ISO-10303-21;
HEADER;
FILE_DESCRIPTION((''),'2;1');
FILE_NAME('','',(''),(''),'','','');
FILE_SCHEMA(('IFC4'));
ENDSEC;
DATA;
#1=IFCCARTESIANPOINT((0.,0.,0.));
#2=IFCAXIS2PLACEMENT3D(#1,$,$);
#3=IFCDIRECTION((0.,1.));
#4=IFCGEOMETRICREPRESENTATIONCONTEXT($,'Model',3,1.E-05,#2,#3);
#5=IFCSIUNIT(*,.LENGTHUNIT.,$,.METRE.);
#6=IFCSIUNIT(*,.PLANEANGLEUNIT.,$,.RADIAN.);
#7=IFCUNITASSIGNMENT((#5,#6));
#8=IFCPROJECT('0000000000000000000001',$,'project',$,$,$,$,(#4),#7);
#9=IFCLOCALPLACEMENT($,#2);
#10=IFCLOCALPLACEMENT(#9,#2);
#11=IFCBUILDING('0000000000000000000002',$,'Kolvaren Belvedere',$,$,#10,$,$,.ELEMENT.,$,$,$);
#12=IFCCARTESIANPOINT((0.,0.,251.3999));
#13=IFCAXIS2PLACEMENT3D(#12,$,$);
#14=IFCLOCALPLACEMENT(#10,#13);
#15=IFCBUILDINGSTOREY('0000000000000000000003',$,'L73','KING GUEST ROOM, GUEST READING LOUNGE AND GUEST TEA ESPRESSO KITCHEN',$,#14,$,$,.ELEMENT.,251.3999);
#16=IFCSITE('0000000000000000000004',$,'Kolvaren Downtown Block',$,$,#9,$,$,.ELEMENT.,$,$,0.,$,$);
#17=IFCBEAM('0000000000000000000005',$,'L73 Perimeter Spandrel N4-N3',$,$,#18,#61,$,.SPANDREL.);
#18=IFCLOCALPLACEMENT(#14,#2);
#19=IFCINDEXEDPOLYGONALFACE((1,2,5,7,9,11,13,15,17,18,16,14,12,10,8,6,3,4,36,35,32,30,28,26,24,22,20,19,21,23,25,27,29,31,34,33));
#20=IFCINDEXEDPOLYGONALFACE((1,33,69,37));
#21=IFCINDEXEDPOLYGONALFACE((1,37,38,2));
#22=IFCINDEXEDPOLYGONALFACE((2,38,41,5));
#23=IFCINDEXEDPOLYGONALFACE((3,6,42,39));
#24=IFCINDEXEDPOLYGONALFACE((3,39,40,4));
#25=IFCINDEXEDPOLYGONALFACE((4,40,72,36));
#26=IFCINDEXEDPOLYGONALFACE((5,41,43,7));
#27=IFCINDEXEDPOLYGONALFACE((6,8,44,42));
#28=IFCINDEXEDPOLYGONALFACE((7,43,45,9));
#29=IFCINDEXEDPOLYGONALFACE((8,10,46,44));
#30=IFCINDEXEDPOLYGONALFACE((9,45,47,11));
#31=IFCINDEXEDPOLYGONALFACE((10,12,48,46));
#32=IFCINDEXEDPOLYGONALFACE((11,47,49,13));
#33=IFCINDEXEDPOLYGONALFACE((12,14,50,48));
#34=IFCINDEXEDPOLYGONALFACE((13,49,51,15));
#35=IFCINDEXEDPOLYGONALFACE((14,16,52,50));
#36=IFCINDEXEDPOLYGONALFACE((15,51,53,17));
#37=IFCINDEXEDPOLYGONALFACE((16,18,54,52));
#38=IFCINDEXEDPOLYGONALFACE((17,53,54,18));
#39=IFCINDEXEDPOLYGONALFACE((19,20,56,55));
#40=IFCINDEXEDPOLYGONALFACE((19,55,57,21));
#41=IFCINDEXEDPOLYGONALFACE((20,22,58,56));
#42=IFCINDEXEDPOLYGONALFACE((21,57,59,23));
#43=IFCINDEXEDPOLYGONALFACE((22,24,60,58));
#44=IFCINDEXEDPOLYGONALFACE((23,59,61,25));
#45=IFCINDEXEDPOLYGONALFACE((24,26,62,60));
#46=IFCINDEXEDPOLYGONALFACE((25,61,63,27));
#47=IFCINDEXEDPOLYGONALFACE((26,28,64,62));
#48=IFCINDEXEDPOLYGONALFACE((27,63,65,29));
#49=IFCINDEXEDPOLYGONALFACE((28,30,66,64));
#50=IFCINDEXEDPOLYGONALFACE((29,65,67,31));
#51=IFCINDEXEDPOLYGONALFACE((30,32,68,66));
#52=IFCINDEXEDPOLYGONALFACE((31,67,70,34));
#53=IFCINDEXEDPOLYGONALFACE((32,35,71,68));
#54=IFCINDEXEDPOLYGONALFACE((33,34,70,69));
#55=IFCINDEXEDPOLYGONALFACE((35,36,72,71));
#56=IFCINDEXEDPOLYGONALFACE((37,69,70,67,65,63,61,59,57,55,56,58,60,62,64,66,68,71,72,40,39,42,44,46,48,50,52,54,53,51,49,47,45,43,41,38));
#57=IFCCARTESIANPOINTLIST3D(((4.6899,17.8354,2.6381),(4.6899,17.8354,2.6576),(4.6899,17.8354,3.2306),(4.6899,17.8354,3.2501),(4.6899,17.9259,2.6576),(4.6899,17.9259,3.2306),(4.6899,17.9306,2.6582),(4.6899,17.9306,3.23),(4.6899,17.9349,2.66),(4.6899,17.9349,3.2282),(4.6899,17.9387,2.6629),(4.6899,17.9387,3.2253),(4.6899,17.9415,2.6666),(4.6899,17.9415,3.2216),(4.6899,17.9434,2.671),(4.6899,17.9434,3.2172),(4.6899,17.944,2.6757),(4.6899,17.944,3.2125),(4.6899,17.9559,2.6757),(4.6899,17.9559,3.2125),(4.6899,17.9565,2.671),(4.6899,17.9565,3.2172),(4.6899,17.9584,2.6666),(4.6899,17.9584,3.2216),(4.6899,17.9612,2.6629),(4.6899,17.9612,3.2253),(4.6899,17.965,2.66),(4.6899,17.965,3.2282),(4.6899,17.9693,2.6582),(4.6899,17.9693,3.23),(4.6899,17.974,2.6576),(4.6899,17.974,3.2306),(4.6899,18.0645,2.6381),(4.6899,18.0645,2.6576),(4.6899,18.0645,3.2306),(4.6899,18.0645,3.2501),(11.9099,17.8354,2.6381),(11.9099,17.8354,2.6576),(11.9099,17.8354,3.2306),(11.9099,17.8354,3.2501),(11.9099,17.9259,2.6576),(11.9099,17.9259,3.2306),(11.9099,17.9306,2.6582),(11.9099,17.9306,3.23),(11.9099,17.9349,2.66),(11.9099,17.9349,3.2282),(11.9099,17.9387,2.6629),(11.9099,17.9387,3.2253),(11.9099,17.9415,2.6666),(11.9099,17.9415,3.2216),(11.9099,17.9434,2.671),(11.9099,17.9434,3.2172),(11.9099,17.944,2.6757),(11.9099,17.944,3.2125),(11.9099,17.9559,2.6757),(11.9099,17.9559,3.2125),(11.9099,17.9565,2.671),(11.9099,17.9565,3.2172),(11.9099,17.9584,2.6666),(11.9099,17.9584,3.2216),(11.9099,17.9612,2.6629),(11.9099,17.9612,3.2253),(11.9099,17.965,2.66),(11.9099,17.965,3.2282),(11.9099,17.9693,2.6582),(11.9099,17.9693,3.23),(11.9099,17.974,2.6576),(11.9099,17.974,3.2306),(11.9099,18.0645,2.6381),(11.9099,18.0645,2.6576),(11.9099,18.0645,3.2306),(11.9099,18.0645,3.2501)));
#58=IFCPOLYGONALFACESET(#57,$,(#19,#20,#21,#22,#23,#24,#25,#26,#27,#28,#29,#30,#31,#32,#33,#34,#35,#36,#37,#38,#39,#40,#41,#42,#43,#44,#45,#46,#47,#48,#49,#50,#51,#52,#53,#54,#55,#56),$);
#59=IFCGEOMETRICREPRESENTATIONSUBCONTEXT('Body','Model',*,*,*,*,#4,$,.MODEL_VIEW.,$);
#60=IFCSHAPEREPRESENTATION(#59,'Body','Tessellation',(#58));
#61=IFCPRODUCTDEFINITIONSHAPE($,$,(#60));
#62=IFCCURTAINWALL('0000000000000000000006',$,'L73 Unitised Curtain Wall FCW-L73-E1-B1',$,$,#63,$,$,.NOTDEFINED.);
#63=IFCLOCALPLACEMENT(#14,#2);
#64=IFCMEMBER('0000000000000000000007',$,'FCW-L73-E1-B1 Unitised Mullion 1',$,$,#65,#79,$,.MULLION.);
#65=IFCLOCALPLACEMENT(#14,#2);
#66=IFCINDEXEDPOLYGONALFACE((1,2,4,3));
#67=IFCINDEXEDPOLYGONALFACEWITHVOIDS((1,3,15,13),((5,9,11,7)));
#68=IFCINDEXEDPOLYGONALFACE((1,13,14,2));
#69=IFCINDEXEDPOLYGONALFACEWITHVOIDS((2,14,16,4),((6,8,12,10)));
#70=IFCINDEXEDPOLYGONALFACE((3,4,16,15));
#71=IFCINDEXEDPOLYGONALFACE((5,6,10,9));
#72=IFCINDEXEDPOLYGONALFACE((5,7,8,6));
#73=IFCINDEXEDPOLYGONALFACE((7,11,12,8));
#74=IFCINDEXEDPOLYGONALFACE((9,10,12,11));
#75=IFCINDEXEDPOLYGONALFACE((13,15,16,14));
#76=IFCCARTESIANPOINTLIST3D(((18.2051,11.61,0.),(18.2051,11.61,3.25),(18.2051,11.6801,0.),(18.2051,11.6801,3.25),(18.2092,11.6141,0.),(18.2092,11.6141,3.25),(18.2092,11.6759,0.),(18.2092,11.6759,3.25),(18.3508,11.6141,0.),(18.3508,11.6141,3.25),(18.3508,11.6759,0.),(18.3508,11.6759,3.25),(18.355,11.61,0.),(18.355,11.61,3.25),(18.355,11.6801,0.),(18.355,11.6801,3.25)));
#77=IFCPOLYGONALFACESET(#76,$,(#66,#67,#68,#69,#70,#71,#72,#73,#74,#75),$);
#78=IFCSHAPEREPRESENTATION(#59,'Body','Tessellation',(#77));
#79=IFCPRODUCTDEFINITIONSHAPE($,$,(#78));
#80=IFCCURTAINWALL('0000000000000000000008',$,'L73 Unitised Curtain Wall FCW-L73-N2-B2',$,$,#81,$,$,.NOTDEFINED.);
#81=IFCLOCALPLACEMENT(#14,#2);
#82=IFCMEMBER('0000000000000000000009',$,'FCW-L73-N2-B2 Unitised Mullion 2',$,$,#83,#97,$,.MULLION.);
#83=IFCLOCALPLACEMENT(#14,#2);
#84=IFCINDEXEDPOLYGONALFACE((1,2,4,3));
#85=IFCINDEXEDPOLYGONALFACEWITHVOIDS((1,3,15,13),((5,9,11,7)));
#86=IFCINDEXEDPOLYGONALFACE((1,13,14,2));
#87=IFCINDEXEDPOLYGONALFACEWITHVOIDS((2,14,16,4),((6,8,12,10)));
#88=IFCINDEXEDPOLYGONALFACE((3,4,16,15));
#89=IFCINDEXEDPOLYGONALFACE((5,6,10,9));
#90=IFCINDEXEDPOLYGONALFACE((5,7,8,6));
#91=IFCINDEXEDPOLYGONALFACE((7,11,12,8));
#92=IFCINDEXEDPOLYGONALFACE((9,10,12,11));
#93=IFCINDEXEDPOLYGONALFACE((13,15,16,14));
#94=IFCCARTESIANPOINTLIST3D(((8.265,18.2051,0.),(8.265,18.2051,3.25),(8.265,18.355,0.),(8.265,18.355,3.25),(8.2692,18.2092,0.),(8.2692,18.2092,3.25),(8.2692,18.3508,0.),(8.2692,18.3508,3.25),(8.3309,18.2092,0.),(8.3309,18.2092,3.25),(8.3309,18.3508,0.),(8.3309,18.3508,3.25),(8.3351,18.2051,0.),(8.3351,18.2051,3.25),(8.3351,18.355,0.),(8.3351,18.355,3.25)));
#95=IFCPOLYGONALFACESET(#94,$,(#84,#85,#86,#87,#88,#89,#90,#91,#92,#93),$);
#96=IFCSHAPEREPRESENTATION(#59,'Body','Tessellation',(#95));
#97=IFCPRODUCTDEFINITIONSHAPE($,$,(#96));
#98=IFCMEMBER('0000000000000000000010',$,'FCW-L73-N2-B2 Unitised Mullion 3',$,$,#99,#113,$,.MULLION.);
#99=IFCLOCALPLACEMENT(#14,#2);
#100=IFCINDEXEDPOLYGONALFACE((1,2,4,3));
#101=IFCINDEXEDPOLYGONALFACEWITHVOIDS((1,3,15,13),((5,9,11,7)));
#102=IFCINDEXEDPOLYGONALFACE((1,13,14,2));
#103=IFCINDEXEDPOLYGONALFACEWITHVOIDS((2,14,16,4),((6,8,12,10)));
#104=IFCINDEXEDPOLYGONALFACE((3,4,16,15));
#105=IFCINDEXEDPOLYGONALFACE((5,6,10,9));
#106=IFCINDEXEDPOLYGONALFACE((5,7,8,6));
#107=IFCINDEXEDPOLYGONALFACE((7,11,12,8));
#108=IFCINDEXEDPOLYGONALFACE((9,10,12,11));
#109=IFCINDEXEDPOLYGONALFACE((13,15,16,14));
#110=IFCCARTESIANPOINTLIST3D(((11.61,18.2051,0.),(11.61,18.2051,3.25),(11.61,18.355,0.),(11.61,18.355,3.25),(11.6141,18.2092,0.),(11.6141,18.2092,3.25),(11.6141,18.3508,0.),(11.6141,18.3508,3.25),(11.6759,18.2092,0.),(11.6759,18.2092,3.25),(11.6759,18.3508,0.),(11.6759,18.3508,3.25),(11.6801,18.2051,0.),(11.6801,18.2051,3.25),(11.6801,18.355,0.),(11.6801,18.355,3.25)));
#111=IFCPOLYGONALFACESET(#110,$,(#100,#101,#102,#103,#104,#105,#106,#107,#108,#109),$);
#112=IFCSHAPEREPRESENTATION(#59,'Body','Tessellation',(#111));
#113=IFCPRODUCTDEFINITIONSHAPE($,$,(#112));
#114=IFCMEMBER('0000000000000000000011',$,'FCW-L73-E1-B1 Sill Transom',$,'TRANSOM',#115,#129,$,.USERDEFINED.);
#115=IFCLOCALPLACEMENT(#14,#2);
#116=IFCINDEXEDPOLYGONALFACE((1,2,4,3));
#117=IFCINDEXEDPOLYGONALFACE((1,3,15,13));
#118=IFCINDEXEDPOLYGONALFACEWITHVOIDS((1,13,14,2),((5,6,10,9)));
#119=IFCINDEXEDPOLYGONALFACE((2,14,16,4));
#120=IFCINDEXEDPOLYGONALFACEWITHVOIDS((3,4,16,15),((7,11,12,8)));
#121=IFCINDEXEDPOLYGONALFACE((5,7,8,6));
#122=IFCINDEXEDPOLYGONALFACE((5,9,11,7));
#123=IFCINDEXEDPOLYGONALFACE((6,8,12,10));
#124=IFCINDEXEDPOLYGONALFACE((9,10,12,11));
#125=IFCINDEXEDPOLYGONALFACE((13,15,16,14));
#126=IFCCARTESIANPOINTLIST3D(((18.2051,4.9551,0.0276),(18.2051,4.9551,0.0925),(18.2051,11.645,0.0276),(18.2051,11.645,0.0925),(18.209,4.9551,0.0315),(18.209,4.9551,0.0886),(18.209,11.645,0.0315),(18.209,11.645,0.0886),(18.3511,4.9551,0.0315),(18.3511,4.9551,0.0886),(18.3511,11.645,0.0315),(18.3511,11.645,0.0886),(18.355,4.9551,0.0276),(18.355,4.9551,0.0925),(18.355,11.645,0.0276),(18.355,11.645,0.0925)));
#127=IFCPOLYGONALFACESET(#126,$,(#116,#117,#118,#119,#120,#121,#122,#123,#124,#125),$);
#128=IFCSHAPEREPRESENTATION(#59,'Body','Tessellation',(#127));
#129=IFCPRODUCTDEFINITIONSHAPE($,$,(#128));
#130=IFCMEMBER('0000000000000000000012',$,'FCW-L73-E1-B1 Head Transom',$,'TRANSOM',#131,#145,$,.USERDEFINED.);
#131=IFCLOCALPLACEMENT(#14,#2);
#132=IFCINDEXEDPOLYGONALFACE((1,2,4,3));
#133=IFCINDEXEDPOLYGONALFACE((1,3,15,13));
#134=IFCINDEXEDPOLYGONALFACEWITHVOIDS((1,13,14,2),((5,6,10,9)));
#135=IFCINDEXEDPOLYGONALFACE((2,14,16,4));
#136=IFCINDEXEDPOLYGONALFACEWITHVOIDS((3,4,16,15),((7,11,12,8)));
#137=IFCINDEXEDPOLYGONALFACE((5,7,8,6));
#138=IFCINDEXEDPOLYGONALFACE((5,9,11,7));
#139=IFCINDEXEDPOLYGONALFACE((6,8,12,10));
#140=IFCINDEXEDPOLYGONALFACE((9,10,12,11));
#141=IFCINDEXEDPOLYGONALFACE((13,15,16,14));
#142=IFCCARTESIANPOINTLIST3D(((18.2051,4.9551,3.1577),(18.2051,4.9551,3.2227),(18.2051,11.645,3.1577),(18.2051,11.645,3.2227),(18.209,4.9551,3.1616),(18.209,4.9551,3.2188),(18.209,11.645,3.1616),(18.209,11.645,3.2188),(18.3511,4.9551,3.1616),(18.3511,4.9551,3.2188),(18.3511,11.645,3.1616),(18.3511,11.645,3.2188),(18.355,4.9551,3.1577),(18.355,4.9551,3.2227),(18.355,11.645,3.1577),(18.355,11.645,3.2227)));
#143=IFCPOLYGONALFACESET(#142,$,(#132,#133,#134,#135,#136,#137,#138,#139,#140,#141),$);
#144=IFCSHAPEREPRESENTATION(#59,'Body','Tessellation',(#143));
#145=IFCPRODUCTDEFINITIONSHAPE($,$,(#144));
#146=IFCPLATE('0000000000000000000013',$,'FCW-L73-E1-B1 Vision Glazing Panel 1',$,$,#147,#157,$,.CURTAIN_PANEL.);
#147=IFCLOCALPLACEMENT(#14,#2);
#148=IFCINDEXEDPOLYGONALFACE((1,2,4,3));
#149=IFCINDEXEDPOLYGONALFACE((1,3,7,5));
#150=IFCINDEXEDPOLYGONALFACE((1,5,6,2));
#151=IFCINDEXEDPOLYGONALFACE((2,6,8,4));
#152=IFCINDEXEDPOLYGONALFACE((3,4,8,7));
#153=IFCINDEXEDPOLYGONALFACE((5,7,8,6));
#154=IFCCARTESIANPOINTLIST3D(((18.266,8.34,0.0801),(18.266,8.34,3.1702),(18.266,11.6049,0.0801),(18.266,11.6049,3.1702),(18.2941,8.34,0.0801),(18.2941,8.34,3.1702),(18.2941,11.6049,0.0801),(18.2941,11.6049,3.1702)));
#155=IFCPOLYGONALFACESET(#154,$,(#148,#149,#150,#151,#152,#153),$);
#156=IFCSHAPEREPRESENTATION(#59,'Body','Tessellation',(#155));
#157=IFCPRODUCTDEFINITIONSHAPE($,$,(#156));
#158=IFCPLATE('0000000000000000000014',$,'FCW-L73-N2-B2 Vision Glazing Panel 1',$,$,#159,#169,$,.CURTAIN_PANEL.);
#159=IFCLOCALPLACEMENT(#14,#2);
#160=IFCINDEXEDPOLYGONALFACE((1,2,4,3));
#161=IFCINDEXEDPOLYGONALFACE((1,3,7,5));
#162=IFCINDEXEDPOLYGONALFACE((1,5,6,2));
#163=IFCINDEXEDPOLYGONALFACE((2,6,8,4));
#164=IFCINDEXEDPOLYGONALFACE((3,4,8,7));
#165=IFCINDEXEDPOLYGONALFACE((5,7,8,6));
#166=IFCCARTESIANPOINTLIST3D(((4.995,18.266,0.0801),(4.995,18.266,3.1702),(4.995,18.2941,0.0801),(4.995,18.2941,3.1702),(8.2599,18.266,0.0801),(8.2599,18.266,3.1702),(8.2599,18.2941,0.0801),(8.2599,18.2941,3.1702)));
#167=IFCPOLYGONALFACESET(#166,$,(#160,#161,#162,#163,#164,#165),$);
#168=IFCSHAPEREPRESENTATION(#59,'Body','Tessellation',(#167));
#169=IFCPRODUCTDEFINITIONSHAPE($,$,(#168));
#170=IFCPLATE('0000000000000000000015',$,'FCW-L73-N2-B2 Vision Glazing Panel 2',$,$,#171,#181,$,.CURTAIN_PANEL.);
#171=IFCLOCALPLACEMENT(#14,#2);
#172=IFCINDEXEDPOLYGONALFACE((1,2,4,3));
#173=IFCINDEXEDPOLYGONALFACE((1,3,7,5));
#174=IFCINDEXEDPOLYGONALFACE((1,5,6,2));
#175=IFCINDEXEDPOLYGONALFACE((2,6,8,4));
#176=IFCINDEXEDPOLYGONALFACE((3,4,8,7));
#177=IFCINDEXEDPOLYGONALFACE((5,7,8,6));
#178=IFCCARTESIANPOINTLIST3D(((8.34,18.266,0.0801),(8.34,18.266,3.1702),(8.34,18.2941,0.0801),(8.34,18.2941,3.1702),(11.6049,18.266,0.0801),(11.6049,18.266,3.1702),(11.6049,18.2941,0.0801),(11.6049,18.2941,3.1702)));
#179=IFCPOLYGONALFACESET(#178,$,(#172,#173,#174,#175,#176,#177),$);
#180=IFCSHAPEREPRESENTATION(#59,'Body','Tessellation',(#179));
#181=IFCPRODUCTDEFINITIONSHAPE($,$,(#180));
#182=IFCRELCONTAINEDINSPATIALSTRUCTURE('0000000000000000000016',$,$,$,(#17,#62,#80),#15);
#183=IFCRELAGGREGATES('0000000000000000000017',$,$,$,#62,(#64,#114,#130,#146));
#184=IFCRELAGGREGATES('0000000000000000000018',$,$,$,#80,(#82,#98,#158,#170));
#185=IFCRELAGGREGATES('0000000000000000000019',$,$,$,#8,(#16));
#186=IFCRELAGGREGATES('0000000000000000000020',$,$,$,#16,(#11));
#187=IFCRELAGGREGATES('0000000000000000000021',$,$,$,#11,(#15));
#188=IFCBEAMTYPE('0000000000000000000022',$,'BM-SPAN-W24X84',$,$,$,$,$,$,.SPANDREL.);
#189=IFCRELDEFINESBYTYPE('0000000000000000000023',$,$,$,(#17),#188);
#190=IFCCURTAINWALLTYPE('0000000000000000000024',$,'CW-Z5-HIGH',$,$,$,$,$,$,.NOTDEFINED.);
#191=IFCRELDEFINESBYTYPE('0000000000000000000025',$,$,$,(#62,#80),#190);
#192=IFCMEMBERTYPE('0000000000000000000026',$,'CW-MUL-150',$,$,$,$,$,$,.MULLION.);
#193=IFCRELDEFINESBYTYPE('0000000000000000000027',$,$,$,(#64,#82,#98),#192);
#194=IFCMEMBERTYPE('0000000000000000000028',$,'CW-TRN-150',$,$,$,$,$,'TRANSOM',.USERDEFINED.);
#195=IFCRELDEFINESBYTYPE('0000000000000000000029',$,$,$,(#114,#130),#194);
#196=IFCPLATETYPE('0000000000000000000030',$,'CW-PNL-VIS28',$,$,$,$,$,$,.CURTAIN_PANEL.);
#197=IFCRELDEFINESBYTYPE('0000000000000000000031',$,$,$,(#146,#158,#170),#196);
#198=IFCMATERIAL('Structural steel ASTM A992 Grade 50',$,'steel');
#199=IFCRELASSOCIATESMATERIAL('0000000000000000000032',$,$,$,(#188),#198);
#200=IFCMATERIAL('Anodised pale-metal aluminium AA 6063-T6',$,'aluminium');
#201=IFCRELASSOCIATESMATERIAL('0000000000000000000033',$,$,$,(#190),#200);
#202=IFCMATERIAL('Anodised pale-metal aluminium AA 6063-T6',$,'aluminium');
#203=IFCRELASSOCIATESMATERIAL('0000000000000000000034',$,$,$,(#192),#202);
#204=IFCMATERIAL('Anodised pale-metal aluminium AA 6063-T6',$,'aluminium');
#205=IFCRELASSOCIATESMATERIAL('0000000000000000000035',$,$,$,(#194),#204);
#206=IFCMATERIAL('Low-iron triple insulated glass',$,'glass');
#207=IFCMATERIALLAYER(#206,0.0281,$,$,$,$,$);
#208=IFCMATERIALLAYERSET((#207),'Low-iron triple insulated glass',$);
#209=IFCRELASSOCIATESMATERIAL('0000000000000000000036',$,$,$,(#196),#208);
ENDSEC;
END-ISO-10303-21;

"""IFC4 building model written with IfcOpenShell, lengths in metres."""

from ifc_helpers import new_model, si_unit, direction, frame, origin, origin_2d, place, context, subcontext, project, spatial, rectangle, hollow_rectangle, i_section, extrude, material, layer, layer_set, material_profile, profile_set, type_object, element, aggregate, save


model = new_model("IFC4")

# Units and contexts
model_context = context("Model", 3, precision=1e-05, world=origin(), true_north=direction((0.0, 1.0)))
body_context = subcontext(model_context, "Body", "Model", "MODEL_VIEW")
ifc_project = project(units=[si_unit("LENGTHUNIT", "METRE"), si_unit("PLANEANGLEUNIT", "RADIAN")], contexts=[model_context])

# Site, building, storey
site_placement = place(None, origin())
site = spatial("IfcSite", under=ifc_project, at=site_placement, Name="Kolvaren Downtown Block", CompositionType="ELEMENT", RefElevation=0.0)
building_placement = place(site_placement, origin())
building = spatial("IfcBuilding", under=site, at=building_placement, Name="Kolvaren Belvedere", CompositionType="ELEMENT")
storey_placement = place(building_placement, frame((0.0, 0.0, 251.3999)))
storey = spatial("IfcBuildingStorey", under=building, at=storey_placement, Name="L73", Description="KING GUEST ROOM, GUEST READING LOUNGE AND GUEST TEA ESPRESSO KITCHEN", CompositionType="ELEMENT", Elevation=251.3999)

# Beam
ifc_material_1 = material(Name="Structural steel ASTM A992 Grade 50", Category="steel")
ifc_material_profile_1 = material_profile(ifc_material_1, i_section(OverallWidth=0.229, OverallDepth=0.6121, WebThickness=0.012, FlangeThickness=0.0195, FilletRadius=0.0181, at=origin_2d()), Name="W24X84")
ifc_profile_set_1 = profile_set([ifc_material_profile_1], Name="Structural steel ASTM A992 Grade 50")
beam_type_1 = type_object("IfcBeamType", Name="BM-SPAN-W24X84", PredefinedType="SPANDREL", material=ifc_profile_set_1)
beam_1_placement = place(storey_placement, frame((11.9099, 17.95, 2.9441), z_axis=(-1.0, 0.0, 0.0), x_axis=(0.0, -1.0, 0.0)))
element("IfcBeam", 1, at=beam_1_placement, inside=storey, type_object=beam_type_1, Name="L73 Perimeter Spandrel N4-N3", PredefinedType="SPANDREL", context=body_context, shape_type="SweptSolid", body=[
    extrude(i_section(OverallWidth=0.229, OverallDepth=0.6121, WebThickness=0.012, FlangeThickness=0.0195, FilletRadius=0.0181, at=origin_2d()), origin(), (0.0, 0.0, 1.0), 7.22),
])

# Curtain wall, member
ifc_material_2 = material(Name="Anodised pale-metal aluminium AA 6063-T6", Category="aluminium")
curtain_wall_type = type_object("IfcCurtainWallType", Name="CW-Z5-HIGH", PredefinedType="NOTDEFINED", material=ifc_material_2)
curtain_wall_1_placement = place(storey_placement, origin())
curtain_wall_1 = element("IfcCurtainWall", 2, at=curtain_wall_1_placement, inside=storey, type_object=curtain_wall_type, Name="L73 Unitised Curtain Wall FCW-L73-E1-B1", PredefinedType="NOTDEFINED")
ifc_material_3 = material(Name="Anodised pale-metal aluminium AA 6063-T6", Category="aluminium")
ifc_material_profile_2 = material_profile(ifc_material_3, hollow_rectangle(XDim=0.0701, YDim=0.1499, WallThickness=0.0042, at=origin_2d()), Name="ALU-MUL-150X70")
ifc_profile_set_2 = profile_set([ifc_material_profile_2], Name="Anodised pale-metal aluminium AA 6063-T6")
member_type_1 = type_object("IfcMemberType", Name="CW-MUL-150", PredefinedType="MULLION", material=ifc_profile_set_2)
member_1_placement = place(storey_placement, frame((18.28, 11.645, 0.0), z_axis=(0.0, 0.0, 1.0), x_axis=(0.0, 1.0, 0.0)))
member_1 = element("IfcMember", 3, at=member_1_placement, type_object=member_type_1, Name="FCW-L73-E1-B1 Unitised Mullion 1", PredefinedType="MULLION", context=body_context, shape_type="SweptSolid", body=[
    extrude(hollow_rectangle(XDim=0.0701, YDim=0.1499, WallThickness=0.0042, at=origin_2d()), origin(), (0.0, 0.0, 1.0), 3.25),
])

# Curtain wall, members
curtain_wall_2_placement = place(storey_placement, origin())
curtain_wall_2 = element("IfcCurtainWall", 4, at=curtain_wall_2_placement, inside=storey, type_object=curtain_wall_type, Name="L73 Unitised Curtain Wall FCW-L73-N2-B2", PredefinedType="NOTDEFINED")
member_2_placement = place(storey_placement, frame((8.3, 18.28, 0.0), z_axis=(0.0, 0.0, 1.0), x_axis=(1.0, 0.0, 0.0)))
member_2 = element("IfcMember", 5, at=member_2_placement, type_object=member_type_1, Name="FCW-L73-N2-B2 Unitised Mullion 2", PredefinedType="MULLION", context=body_context, shape_type="SweptSolid", body=[
    extrude(hollow_rectangle(XDim=0.0701, YDim=0.1499, WallThickness=0.0042, at=origin_2d()), origin(), (0.0, 0.0, 1.0), 3.25),
])
member_3_placement = place(storey_placement, frame((11.645, 18.28, 0.0), z_axis=(0.0, 0.0, 1.0), x_axis=(1.0, 0.0, 0.0)))
member_3 = element("IfcMember", 6, at=member_3_placement, type_object=member_type_1, Name="FCW-L73-N2-B2 Unitised Mullion 3", PredefinedType="MULLION", context=body_context, shape_type="SweptSolid", body=[
    extrude(hollow_rectangle(XDim=0.0701, YDim=0.1499, WallThickness=0.0042, at=origin_2d()), origin(), (0.0, 0.0, 1.0), 3.25),
])

# Members
ifc_material_4 = material(Name="Anodised pale-metal aluminium AA 6063-T6", Category="aluminium")
ifc_material_profile_3 = material_profile(ifc_material_4, hollow_rectangle(XDim=0.0649, YDim=0.1499, WallThickness=0.0039, at=origin_2d()), Name="ALU-TRN-150X65")
ifc_profile_set_3 = profile_set([ifc_material_profile_3], Name="Anodised pale-metal aluminium AA 6063-T6")
member_type_2 = type_object("IfcMemberType", Name="CW-TRN-150", ElementType="TRANSOM", PredefinedType="USERDEFINED", material=ifc_profile_set_3)
member_4_placement = place(storey_placement, frame((18.28, 11.645, 0.0601), z_axis=(0.0, -1.0, 0.0), x_axis=(0.0, 0.0, 1.0)))
member_4 = element("IfcMember", 7, at=member_4_placement, type_object=member_type_2, Name="FCW-L73-E1-B1 Sill Transom", ObjectType="TRANSOM", PredefinedType="USERDEFINED", context=body_context, shape_type="SweptSolid", body=[
    extrude(hollow_rectangle(XDim=0.0649, YDim=0.1499, WallThickness=0.0039, at=origin_2d()), origin(), (0.0, 0.0, 1.0), 6.6899),
])
member_5_placement = place(storey_placement, frame((18.28, 11.645, 3.1902), z_axis=(0.0, -1.0, 0.0), x_axis=(0.0, 0.0, 1.0)))
member_5 = element("IfcMember", 8, at=member_5_placement, type_object=member_type_2, Name="FCW-L73-E1-B1 Head Transom", ObjectType="TRANSOM", PredefinedType="USERDEFINED", context=body_context, shape_type="SweptSolid", body=[
    extrude(hollow_rectangle(XDim=0.0649, YDim=0.1499, WallThickness=0.0039, at=origin_2d()), origin(), (0.0, 0.0, 1.0), 6.6899),
])

# Plates
ifc_material_5 = material(Name="Low-iron triple insulated glass", Category="glass")
ifc_layer_1 = layer(ifc_material_5, 0.0281)
ifc_layer_set_1 = layer_set([ifc_layer_1], Name="Low-iron triple insulated glass")
plate_type_1 = type_object("IfcPlateType", Name="CW-PNL-VIS28", PredefinedType="CURTAIN_PANEL", material=ifc_layer_set_1)
plate_1_placement = place(storey_placement, frame((18.28, 9.9724, 0.0801), z_axis=(0.0, 0.0, 1.0), x_axis=(0.0, -1.0, 0.0)))
plate_1 = element("IfcPlate", 9, at=plate_1_placement, type_object=plate_type_1, Name="FCW-L73-E1-B1 Vision Glazing Panel 1", PredefinedType="CURTAIN_PANEL", context=body_context, shape_type="SweptSolid", body=[
    extrude(rectangle(XDim=3.2649, YDim=0.0281, at=origin_2d()), origin(), (0.0, 0.0, 1.0), 3.0901),
])
aggregate(curtain_wall_1, [member_1, member_4, member_5, plate_1])
plate_2_placement = place(storey_placement, frame((6.6274, 18.28, 0.0801), z_axis=(0.0, 0.0, 1.0), x_axis=(1.0, 0.0, 0.0)))
plate_2 = element("IfcPlate", 10, at=plate_2_placement, type_object=plate_type_1, Name="FCW-L73-N2-B2 Vision Glazing Panel 1", PredefinedType="CURTAIN_PANEL", context=body_context, shape_type="SweptSolid", body=[
    extrude(rectangle(XDim=3.2649, YDim=0.0281, at=origin_2d()), origin(), (0.0, 0.0, 1.0), 3.0901),
])
plate_3_placement = place(storey_placement, frame((9.9724, 18.28, 0.0801), z_axis=(0.0, 0.0, 1.0), x_axis=(1.0, 0.0, 0.0)))
plate_3 = element("IfcPlate", 11, at=plate_3_placement, type_object=plate_type_1, Name="FCW-L73-N2-B2 Vision Glazing Panel 2", PredefinedType="CURTAIN_PANEL", context=body_context, shape_type="SweptSolid", body=[
    extrude(rectangle(XDim=3.2649, YDim=0.0281, at=origin_2d()), origin(), (0.0, 0.0, 1.0), 3.0901),
])
aggregate(curtain_wall_2, [member_2, member_3, plate_2, plate_3])

save(model, "model.ifc")
